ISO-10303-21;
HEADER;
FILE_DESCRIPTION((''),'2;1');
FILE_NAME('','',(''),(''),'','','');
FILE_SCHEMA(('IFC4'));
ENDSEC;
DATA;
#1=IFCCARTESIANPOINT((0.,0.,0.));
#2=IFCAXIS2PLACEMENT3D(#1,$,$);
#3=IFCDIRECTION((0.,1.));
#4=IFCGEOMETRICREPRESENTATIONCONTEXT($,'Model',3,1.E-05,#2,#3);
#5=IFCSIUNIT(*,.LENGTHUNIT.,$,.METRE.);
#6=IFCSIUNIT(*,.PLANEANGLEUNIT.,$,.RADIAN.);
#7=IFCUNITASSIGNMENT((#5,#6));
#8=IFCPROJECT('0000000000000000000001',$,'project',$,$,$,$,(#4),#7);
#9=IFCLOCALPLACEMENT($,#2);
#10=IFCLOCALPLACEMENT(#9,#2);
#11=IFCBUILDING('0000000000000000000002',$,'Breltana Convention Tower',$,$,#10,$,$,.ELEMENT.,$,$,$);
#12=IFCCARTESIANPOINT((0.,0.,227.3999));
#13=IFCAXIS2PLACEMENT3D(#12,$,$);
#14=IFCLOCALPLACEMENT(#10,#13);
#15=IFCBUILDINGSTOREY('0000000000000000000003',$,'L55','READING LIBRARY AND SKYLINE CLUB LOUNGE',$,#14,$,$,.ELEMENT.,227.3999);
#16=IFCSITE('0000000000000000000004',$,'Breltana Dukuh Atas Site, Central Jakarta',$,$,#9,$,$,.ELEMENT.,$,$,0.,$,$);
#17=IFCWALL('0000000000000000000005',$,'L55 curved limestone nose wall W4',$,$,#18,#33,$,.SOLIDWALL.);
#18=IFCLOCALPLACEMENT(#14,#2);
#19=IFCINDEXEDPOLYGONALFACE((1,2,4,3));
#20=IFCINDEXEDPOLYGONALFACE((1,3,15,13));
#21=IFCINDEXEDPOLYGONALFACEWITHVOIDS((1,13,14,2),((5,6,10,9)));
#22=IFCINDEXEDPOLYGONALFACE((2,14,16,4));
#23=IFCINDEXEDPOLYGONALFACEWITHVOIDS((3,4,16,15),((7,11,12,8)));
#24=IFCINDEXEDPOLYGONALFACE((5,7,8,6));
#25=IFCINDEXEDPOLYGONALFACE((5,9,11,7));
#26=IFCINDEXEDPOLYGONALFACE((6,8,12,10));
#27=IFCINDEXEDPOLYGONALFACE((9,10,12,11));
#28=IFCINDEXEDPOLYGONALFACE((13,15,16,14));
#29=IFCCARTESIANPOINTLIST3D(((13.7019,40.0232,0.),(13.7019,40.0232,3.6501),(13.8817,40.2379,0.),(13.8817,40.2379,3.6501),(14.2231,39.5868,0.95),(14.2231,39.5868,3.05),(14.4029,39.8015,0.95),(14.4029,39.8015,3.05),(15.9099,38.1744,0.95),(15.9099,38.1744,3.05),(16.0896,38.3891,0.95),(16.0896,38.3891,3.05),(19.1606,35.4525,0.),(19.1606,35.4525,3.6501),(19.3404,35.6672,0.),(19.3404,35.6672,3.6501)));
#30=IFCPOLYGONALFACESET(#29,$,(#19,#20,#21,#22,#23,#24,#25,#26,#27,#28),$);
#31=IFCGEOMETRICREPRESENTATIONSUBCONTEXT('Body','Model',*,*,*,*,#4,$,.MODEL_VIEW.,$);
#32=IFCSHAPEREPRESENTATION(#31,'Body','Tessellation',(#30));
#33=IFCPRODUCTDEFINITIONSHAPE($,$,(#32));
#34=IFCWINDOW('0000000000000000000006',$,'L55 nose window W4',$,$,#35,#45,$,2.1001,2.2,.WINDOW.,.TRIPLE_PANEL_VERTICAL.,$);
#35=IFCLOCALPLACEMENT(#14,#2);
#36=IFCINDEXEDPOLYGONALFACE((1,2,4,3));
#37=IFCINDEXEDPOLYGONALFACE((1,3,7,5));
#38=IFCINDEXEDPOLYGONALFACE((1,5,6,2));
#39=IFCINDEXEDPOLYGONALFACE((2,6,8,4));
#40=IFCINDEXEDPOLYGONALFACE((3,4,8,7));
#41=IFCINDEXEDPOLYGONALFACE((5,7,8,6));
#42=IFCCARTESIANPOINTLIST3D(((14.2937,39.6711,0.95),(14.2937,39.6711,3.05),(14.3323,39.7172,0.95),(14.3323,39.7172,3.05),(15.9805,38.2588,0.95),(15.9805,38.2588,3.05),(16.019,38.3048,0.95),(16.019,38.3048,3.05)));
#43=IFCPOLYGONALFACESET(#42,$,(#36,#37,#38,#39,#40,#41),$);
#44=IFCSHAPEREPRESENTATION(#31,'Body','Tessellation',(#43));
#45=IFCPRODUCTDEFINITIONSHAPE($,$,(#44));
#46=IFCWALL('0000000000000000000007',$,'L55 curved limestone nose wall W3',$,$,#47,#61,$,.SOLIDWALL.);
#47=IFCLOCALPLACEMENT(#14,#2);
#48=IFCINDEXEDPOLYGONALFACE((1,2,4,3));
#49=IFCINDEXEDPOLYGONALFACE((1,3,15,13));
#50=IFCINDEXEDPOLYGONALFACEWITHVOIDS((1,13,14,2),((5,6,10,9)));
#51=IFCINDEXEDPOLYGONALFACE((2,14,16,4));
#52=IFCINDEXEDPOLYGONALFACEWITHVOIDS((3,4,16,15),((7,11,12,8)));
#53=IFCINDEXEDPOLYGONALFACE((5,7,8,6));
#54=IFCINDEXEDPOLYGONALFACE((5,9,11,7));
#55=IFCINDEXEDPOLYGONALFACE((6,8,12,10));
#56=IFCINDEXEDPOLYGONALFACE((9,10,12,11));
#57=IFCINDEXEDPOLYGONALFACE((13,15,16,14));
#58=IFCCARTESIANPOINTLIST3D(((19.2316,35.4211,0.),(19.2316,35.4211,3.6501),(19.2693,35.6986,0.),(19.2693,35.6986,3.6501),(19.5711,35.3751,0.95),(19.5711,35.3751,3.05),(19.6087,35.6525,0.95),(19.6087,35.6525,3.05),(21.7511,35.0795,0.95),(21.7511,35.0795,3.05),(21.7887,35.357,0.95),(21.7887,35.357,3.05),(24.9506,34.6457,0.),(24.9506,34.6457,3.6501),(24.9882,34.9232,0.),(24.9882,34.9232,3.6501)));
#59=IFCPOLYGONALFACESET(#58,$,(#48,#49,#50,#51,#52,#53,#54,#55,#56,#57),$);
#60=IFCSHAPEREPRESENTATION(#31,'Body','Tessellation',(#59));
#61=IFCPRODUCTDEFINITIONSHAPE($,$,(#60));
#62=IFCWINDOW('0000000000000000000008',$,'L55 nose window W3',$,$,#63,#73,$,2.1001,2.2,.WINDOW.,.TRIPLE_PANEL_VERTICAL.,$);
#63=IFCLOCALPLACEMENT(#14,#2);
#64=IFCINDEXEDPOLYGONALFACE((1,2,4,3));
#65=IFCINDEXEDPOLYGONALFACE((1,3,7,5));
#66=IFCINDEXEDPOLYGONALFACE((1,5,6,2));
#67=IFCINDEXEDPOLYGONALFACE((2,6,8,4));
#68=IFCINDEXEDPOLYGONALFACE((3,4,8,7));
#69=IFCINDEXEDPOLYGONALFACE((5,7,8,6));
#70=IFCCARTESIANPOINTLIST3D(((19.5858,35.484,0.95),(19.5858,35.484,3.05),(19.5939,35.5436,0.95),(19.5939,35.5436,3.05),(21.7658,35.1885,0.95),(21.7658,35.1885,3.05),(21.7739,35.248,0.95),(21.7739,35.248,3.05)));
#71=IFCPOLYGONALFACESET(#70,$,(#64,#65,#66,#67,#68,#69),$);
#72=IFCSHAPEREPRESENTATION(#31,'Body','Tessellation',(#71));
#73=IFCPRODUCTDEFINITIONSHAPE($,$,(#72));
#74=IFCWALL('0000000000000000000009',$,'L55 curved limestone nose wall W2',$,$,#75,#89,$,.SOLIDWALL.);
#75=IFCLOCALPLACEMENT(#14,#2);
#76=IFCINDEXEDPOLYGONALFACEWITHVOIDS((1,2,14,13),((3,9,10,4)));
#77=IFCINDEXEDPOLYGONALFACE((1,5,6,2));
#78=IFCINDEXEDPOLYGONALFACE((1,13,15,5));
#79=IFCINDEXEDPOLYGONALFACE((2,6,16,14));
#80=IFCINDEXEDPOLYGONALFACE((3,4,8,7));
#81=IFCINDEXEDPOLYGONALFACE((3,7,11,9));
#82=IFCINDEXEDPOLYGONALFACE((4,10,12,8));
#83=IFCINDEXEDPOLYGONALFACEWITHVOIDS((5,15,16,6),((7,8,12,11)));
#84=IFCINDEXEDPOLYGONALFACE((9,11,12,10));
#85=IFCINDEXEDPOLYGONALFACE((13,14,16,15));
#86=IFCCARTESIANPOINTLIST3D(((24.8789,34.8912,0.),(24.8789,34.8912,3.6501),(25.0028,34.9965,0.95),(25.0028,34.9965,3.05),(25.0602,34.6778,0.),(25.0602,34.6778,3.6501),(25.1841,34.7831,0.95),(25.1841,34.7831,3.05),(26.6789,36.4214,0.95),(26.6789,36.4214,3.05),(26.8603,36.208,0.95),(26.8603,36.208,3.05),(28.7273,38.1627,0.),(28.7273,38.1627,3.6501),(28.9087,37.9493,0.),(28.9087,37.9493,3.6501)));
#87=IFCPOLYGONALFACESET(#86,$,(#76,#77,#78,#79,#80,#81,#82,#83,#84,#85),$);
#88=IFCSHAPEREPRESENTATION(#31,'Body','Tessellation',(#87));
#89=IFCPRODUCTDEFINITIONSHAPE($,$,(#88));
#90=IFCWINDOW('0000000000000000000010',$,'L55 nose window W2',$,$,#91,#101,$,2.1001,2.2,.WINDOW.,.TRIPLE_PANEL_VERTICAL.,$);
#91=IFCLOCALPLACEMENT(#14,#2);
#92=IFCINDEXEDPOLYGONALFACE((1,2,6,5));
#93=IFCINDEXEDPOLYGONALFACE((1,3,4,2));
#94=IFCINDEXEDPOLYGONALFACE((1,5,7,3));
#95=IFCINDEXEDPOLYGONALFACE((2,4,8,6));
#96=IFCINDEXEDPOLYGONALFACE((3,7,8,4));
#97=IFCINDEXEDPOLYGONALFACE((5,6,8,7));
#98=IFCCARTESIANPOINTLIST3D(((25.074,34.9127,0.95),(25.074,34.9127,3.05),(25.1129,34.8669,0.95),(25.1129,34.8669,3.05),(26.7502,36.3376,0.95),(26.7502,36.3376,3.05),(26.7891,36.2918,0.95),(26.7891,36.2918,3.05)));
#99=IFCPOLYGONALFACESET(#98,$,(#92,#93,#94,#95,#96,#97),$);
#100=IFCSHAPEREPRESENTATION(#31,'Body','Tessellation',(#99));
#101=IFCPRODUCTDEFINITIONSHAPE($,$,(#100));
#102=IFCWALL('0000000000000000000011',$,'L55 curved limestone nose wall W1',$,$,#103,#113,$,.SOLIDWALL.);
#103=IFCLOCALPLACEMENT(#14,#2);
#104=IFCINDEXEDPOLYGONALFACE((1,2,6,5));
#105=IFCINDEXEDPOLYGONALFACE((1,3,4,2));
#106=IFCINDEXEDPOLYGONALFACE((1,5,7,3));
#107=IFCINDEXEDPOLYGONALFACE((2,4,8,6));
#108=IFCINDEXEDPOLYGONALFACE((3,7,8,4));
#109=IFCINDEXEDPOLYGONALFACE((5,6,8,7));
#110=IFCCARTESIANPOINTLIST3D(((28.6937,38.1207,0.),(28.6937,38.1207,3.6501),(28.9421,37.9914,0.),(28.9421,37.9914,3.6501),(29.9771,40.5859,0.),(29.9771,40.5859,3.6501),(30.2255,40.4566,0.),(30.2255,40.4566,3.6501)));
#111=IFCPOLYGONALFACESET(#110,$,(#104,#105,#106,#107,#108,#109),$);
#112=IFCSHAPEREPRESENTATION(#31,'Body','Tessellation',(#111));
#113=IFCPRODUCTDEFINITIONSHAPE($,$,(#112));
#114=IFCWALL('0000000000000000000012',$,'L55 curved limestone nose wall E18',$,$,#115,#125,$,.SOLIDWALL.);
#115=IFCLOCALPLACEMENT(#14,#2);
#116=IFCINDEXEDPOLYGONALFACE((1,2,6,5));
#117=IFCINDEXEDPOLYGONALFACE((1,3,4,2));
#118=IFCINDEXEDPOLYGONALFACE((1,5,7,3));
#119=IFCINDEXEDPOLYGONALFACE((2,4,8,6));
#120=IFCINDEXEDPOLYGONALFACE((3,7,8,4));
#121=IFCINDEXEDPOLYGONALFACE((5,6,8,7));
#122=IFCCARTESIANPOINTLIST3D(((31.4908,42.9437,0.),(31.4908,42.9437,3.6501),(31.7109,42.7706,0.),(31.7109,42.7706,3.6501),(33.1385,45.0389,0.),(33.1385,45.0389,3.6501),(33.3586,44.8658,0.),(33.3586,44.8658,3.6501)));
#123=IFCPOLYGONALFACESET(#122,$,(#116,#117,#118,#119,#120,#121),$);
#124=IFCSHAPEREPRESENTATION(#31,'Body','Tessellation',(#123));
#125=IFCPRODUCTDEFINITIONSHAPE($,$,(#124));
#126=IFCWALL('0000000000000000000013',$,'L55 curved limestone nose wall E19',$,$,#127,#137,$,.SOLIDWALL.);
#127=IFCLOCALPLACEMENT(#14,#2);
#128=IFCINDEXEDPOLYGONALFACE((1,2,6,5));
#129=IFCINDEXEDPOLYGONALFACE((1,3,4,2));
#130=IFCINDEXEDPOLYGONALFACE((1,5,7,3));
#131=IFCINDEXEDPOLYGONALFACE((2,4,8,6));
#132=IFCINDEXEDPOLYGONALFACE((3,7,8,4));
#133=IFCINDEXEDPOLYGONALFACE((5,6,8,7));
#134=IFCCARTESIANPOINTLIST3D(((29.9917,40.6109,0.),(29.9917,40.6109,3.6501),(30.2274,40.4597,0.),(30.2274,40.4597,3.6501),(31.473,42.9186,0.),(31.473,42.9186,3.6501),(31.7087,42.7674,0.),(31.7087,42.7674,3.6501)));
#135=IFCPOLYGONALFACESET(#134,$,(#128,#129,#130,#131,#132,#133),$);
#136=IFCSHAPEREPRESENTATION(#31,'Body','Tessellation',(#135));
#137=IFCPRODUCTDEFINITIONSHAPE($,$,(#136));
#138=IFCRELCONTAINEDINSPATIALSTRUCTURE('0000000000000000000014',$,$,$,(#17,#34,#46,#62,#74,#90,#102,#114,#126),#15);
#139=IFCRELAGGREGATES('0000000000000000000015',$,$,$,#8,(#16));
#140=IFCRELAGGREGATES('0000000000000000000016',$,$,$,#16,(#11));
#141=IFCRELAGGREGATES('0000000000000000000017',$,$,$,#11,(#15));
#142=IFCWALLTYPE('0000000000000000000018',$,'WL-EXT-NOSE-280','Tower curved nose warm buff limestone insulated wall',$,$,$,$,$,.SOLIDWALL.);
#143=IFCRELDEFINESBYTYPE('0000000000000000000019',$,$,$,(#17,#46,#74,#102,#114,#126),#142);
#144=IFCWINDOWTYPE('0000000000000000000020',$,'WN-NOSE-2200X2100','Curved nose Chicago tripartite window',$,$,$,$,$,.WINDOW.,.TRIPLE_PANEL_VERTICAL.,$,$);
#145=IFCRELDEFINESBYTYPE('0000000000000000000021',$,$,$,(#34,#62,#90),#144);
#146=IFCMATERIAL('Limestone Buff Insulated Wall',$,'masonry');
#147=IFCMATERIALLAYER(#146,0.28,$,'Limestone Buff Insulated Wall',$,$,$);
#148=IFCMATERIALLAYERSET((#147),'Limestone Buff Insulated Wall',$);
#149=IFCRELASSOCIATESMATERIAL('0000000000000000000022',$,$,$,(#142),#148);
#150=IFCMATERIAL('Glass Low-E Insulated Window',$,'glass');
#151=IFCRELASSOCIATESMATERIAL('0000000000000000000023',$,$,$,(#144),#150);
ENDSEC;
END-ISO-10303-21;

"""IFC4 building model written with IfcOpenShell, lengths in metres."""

from ifc_helpers import new_model, si_unit, direction, frame, frame_2d, origin, place, context, subcontext, project, spatial, rectangle, extrude, source, transform, mapped, material, layer, layer_set, type_object, type_shapes, element, fill, save


model = new_model("IFC4")

# Units and contexts
model_context = context("Model", 3, precision=1e-05, world=origin(), true_north=direction((0.0, 1.0)))
body_context = subcontext(model_context, "Body", "Model", "MODEL_VIEW")
ifc_project = project(units=[si_unit("LENGTHUNIT", "METRE"), si_unit("PLANEANGLEUNIT", "RADIAN")], contexts=[model_context])

# Site, building, storey
site_placement = place(None, origin())
site = spatial("IfcSite", under=ifc_project, at=site_placement, Name="Breltana Dukuh Atas Site, Central Jakarta", CompositionType="ELEMENT", RefElevation=0.0)
building_placement = place(site_placement, origin())
building = spatial("IfcBuilding", under=site, at=building_placement, Name="Breltana Convention Tower", CompositionType="ELEMENT")
storey_placement = place(building_placement, frame((0.0, 0.0, 227.3999)))
storey = spatial("IfcBuildingStorey", under=building, at=storey_placement, Name="L55", Description="READING LIBRARY AND SKYLINE CLUB LOUNGE", CompositionType="ELEMENT", Elevation=227.3999)

# Walls, openings, windows
ifc_material_1 = material(Name="Limestone Buff Insulated Wall", Category="masonry")
ifc_layer_1 = layer(ifc_material_1, 0.28, Name="Limestone Buff Insulated Wall")
ifc_layer_set_1 = layer_set([ifc_layer_1], Name="Limestone Buff Insulated Wall")
wall_type = type_object("IfcWallType", Name="WL-EXT-NOSE-280", Description="Tower curved nose warm buff limestone insulated wall", PredefinedType="SOLIDWALL", material=ifc_layer_set_1)
ifc_material_2 = material(Name="Glass Low-E Insulated Window", Category="glass")
window_type = type_object("IfcWindowType", Name="WN-NOSE-2200X2100", Description="Curved nose Chicago tripartite window", PartitioningType="TRIPLE_PANEL_VERTICAL", PredefinedType="WINDOW", material=ifc_material_2)
shared_shape_1 = source(origin(), body_context, "Body", "SweptSolid", [
    extrude(rectangle(XDim=2.2, YDim=2.1001, at=frame_2d((1.1001, 1.05))), frame((0.0, 0.03, 0.0), z_axis=(0.0, -1.0, 0.0), x_axis=(1.0, 0.0, 0.0)), (0.0, 0.0, 1.0), 0.0601),
])
type_shapes(window_type, [shared_shape_1])
shared_shape_2 = source(origin(), body_context, "Body", "SweptSolid", [
    extrude(rectangle(XDim=7.1196, YDim=0.28, at=frame_2d((3.5598, 0.0))), origin(), (0.0, 0.0, 1.0), 3.6501),
])
wall_1_placement = place(storey_placement, frame((19.2505, 35.5598, 0.0), z_axis=(0.0, 0.0, 1.0), x_axis=(-0.76671, 0.641994, 0.0)))
wall_1 = element("IfcWall", 1, at=wall_1_placement, inside=storey, type_object=wall_type, Name="L55 curved limestone nose wall W4", PredefinedType="SOLIDWALL", context=body_context, shape_type="MappedRepresentation", body=[
    mapped(shared_shape_2, transform((0.0, 0.0, 0.0), scale=1.0)),
])
opening_1_placement = place(wall_1_placement, frame((4.2397, 0.0, 0.95)))
opening_1 = element("IfcOpeningElement", 2, at=opening_1_placement, cuts=wall_1, PredefinedType="OPENING", context=body_context, shape_type="SweptSolid", body=[
    extrude(rectangle(XDim=2.2, YDim=2.1001, at=frame_2d((1.1001, 1.05))), frame((0.0, 0.1499, 0.0), z_axis=(0.0, -1.0, 0.0), x_axis=(1.0, 0.0, 0.0)), (0.0, 0.0, 1.0), 0.3),
])
window_1_placement = place(opening_1_placement, origin())
window_1 = element("IfcWindow", 3, at=window_1_placement, inside=storey, type_object=window_type, Name="L55 nose window W4", OverallHeight=2.1001, OverallWidth=2.2, PartitioningType="TRIPLE_PANEL_VERTICAL", PredefinedType="WINDOW", context=body_context, shape_type="MappedRepresentation", body=[
    mapped(shared_shape_1, transform((0.0, 0.0, 0.0), scale=1.0)),
])
fill(opening_1, window_1)
shared_shape_3 = source(origin(), body_context, "Body", "SweptSolid", [
    extrude(rectangle(XDim=5.7712, YDim=0.28, at=frame_2d((2.8857, 0.0))), origin(), (0.0, 0.0, 1.0), 3.6501),
])
wall_2_placement = place(storey_placement, frame((24.9695, 34.7844, 0.0), z_axis=(0.0, 0.0, 1.0), x_axis=(-0.990934, 0.134352, 0.0)))
wall_2 = element("IfcWall", 4, at=wall_2_placement, inside=storey, type_object=wall_type, Name="L55 curved limestone nose wall W3", PredefinedType="SOLIDWALL", context=body_context, shape_type="MappedRepresentation", body=[
    mapped(shared_shape_3, transform((0.0, 0.0, 0.0), scale=1.0)),
])
opening_2_placement = place(wall_2_placement, frame((3.2288, 0.0, 0.95)))
opening_2 = element("IfcOpeningElement", 5, at=opening_2_placement, cuts=wall_2, PredefinedType="OPENING", context=body_context, shape_type="SweptSolid", body=[
    extrude(rectangle(XDim=2.2, YDim=2.1001, at=frame_2d((1.1001, 1.05))), frame((0.0, 0.1499, 0.0), z_axis=(0.0, -1.0, 0.0), x_axis=(1.0, 0.0, 0.0)), (0.0, 0.0, 1.0), 0.3),
])
window_2_placement = place(opening_2_placement, origin())
window_2 = element("IfcWindow", 6, at=window_2_placement, inside=storey, type_object=window_type, Name="L55 nose window W3", OverallHeight=2.1001, OverallWidth=2.2, PartitioningType="TRIPLE_PANEL_VERTICAL", PredefinedType="WINDOW", context=body_context, shape_type="MappedRepresentation", body=[
    mapped(shared_shape_1, transform((0.0, 0.0, 0.0), scale=1.0)),
])
fill(opening_2, window_2)
shared_shape_4 = source(origin(), body_context, "Body", "SweptSolid", [
    extrude(rectangle(XDim=5.051, YDim=0.28, at=frame_2d((2.5254, 0.0))), origin(), (0.0, 0.0, 1.0), 3.6501),
])
wall_3_placement = place(storey_placement, frame((28.8179, 38.0559, 0.0), z_axis=(0.0, 0.0, 1.0), x_axis=(-0.761905, -0.647689, 0.0)))
wall_3 = element("IfcWall", 7, at=wall_3_placement, inside=storey, type_object=wall_type, Name="L55 curved limestone nose wall W2", PredefinedType="SOLIDWALL", context=body_context, shape_type="MappedRepresentation", body=[
    mapped(shared_shape_4, transform((0.0, 0.0, 0.0), scale=1.0)),
])
opening_3_placement = place(wall_3_placement, frame((2.6882, 0.0, 0.95)))
opening_3 = element("IfcOpeningElement", 8, at=opening_3_placement, cuts=wall_3, PredefinedType="OPENING", context=body_context, shape_type="SweptSolid", body=[
    extrude(rectangle(XDim=2.2, YDim=2.1001, at=frame_2d((1.1001, 1.05))), frame((0.0, 0.1499, 0.0), z_axis=(0.0, -1.0, 0.0), x_axis=(1.0, 0.0, 0.0)), (0.0, 0.0, 1.0), 0.3),
])
window_3_placement = place(opening_3_placement, origin())
window_3 = element("IfcWindow", 9, at=window_3_placement, inside=storey, type_object=window_type, Name="L55 nose window W2", OverallHeight=2.1001, OverallWidth=2.2, PartitioningType="TRIPLE_PANEL_VERTICAL", PredefinedType="WINDOW", context=body_context, shape_type="MappedRepresentation", body=[
    mapped(shared_shape_1, transform((0.0, 0.0, 0.0), scale=1.0)),
])
fill(opening_3, window_3)

# Walls
shared_shape_5 = source(origin(), body_context, "Body", "SweptSolid", [
    extrude(rectangle(XDim=2.7793, YDim=0.28, at=frame_2d((1.3896, 0.0))), origin(), (0.0, 0.0, 1.0), 3.6501),
])
wall_4_placement = place(storey_placement, frame((30.1013, 40.5212, 0.0), z_axis=(0.0, 0.0, 1.0), x_axis=(-0.46177, -0.887, 0.0)))
element("IfcWall", 10, at=wall_4_placement, inside=storey, type_object=wall_type, Name="L55 curved limestone nose wall W1", PredefinedType="SOLIDWALL", context=body_context, shape_type="MappedRepresentation", body=[
    mapped(shared_shape_5, transform((0.0, 0.0, 0.0), scale=1.0)),
])
shared_shape_6 = source(origin(), body_context, "Body", "SweptSolid", [
    extrude(rectangle(XDim=2.6655, YDim=0.28, at=frame_2d((1.3328, 0.0))), origin(), (0.0, 0.0, 1.0), 3.6501),
])
wall_5_placement = place(storey_placement, frame((33.2485, 44.9524, 0.0), z_axis=(0.0, 0.0, 1.0), x_axis=(-0.618161, -0.786051, 0.0)))
element("IfcWall", 11, at=wall_5_placement, inside=storey, type_object=wall_type, Name="L55 curved limestone nose wall E18", PredefinedType="SOLIDWALL", context=body_context, shape_type="MappedRepresentation", body=[
    mapped(shared_shape_6, transform((0.0, 0.0, 0.0), scale=1.0)),
])
shared_shape_7 = source(origin(), body_context, "Body", "SweptSolid", [
    extrude(rectangle(XDim=2.7422, YDim=0.28, at=frame_2d((1.3711, 0.0))), origin(), (0.0, 0.0, 1.0), 3.6501),
])
wall_6_placement = place(storey_placement, frame((31.5908, 42.843, 0.0), z_axis=(0.0, 0.0, 1.0), x_axis=(-0.540172, -0.841554, 0.0)))
element("IfcWall", 12, at=wall_6_placement, inside=storey, type_object=wall_type, Name="L55 curved limestone nose wall E19", PredefinedType="SOLIDWALL", context=body_context, shape_type="MappedRepresentation", body=[
    mapped(shared_shape_7, transform((0.0, 0.0, 0.0), scale=1.0)),
])

save(model, "model.ifc")
